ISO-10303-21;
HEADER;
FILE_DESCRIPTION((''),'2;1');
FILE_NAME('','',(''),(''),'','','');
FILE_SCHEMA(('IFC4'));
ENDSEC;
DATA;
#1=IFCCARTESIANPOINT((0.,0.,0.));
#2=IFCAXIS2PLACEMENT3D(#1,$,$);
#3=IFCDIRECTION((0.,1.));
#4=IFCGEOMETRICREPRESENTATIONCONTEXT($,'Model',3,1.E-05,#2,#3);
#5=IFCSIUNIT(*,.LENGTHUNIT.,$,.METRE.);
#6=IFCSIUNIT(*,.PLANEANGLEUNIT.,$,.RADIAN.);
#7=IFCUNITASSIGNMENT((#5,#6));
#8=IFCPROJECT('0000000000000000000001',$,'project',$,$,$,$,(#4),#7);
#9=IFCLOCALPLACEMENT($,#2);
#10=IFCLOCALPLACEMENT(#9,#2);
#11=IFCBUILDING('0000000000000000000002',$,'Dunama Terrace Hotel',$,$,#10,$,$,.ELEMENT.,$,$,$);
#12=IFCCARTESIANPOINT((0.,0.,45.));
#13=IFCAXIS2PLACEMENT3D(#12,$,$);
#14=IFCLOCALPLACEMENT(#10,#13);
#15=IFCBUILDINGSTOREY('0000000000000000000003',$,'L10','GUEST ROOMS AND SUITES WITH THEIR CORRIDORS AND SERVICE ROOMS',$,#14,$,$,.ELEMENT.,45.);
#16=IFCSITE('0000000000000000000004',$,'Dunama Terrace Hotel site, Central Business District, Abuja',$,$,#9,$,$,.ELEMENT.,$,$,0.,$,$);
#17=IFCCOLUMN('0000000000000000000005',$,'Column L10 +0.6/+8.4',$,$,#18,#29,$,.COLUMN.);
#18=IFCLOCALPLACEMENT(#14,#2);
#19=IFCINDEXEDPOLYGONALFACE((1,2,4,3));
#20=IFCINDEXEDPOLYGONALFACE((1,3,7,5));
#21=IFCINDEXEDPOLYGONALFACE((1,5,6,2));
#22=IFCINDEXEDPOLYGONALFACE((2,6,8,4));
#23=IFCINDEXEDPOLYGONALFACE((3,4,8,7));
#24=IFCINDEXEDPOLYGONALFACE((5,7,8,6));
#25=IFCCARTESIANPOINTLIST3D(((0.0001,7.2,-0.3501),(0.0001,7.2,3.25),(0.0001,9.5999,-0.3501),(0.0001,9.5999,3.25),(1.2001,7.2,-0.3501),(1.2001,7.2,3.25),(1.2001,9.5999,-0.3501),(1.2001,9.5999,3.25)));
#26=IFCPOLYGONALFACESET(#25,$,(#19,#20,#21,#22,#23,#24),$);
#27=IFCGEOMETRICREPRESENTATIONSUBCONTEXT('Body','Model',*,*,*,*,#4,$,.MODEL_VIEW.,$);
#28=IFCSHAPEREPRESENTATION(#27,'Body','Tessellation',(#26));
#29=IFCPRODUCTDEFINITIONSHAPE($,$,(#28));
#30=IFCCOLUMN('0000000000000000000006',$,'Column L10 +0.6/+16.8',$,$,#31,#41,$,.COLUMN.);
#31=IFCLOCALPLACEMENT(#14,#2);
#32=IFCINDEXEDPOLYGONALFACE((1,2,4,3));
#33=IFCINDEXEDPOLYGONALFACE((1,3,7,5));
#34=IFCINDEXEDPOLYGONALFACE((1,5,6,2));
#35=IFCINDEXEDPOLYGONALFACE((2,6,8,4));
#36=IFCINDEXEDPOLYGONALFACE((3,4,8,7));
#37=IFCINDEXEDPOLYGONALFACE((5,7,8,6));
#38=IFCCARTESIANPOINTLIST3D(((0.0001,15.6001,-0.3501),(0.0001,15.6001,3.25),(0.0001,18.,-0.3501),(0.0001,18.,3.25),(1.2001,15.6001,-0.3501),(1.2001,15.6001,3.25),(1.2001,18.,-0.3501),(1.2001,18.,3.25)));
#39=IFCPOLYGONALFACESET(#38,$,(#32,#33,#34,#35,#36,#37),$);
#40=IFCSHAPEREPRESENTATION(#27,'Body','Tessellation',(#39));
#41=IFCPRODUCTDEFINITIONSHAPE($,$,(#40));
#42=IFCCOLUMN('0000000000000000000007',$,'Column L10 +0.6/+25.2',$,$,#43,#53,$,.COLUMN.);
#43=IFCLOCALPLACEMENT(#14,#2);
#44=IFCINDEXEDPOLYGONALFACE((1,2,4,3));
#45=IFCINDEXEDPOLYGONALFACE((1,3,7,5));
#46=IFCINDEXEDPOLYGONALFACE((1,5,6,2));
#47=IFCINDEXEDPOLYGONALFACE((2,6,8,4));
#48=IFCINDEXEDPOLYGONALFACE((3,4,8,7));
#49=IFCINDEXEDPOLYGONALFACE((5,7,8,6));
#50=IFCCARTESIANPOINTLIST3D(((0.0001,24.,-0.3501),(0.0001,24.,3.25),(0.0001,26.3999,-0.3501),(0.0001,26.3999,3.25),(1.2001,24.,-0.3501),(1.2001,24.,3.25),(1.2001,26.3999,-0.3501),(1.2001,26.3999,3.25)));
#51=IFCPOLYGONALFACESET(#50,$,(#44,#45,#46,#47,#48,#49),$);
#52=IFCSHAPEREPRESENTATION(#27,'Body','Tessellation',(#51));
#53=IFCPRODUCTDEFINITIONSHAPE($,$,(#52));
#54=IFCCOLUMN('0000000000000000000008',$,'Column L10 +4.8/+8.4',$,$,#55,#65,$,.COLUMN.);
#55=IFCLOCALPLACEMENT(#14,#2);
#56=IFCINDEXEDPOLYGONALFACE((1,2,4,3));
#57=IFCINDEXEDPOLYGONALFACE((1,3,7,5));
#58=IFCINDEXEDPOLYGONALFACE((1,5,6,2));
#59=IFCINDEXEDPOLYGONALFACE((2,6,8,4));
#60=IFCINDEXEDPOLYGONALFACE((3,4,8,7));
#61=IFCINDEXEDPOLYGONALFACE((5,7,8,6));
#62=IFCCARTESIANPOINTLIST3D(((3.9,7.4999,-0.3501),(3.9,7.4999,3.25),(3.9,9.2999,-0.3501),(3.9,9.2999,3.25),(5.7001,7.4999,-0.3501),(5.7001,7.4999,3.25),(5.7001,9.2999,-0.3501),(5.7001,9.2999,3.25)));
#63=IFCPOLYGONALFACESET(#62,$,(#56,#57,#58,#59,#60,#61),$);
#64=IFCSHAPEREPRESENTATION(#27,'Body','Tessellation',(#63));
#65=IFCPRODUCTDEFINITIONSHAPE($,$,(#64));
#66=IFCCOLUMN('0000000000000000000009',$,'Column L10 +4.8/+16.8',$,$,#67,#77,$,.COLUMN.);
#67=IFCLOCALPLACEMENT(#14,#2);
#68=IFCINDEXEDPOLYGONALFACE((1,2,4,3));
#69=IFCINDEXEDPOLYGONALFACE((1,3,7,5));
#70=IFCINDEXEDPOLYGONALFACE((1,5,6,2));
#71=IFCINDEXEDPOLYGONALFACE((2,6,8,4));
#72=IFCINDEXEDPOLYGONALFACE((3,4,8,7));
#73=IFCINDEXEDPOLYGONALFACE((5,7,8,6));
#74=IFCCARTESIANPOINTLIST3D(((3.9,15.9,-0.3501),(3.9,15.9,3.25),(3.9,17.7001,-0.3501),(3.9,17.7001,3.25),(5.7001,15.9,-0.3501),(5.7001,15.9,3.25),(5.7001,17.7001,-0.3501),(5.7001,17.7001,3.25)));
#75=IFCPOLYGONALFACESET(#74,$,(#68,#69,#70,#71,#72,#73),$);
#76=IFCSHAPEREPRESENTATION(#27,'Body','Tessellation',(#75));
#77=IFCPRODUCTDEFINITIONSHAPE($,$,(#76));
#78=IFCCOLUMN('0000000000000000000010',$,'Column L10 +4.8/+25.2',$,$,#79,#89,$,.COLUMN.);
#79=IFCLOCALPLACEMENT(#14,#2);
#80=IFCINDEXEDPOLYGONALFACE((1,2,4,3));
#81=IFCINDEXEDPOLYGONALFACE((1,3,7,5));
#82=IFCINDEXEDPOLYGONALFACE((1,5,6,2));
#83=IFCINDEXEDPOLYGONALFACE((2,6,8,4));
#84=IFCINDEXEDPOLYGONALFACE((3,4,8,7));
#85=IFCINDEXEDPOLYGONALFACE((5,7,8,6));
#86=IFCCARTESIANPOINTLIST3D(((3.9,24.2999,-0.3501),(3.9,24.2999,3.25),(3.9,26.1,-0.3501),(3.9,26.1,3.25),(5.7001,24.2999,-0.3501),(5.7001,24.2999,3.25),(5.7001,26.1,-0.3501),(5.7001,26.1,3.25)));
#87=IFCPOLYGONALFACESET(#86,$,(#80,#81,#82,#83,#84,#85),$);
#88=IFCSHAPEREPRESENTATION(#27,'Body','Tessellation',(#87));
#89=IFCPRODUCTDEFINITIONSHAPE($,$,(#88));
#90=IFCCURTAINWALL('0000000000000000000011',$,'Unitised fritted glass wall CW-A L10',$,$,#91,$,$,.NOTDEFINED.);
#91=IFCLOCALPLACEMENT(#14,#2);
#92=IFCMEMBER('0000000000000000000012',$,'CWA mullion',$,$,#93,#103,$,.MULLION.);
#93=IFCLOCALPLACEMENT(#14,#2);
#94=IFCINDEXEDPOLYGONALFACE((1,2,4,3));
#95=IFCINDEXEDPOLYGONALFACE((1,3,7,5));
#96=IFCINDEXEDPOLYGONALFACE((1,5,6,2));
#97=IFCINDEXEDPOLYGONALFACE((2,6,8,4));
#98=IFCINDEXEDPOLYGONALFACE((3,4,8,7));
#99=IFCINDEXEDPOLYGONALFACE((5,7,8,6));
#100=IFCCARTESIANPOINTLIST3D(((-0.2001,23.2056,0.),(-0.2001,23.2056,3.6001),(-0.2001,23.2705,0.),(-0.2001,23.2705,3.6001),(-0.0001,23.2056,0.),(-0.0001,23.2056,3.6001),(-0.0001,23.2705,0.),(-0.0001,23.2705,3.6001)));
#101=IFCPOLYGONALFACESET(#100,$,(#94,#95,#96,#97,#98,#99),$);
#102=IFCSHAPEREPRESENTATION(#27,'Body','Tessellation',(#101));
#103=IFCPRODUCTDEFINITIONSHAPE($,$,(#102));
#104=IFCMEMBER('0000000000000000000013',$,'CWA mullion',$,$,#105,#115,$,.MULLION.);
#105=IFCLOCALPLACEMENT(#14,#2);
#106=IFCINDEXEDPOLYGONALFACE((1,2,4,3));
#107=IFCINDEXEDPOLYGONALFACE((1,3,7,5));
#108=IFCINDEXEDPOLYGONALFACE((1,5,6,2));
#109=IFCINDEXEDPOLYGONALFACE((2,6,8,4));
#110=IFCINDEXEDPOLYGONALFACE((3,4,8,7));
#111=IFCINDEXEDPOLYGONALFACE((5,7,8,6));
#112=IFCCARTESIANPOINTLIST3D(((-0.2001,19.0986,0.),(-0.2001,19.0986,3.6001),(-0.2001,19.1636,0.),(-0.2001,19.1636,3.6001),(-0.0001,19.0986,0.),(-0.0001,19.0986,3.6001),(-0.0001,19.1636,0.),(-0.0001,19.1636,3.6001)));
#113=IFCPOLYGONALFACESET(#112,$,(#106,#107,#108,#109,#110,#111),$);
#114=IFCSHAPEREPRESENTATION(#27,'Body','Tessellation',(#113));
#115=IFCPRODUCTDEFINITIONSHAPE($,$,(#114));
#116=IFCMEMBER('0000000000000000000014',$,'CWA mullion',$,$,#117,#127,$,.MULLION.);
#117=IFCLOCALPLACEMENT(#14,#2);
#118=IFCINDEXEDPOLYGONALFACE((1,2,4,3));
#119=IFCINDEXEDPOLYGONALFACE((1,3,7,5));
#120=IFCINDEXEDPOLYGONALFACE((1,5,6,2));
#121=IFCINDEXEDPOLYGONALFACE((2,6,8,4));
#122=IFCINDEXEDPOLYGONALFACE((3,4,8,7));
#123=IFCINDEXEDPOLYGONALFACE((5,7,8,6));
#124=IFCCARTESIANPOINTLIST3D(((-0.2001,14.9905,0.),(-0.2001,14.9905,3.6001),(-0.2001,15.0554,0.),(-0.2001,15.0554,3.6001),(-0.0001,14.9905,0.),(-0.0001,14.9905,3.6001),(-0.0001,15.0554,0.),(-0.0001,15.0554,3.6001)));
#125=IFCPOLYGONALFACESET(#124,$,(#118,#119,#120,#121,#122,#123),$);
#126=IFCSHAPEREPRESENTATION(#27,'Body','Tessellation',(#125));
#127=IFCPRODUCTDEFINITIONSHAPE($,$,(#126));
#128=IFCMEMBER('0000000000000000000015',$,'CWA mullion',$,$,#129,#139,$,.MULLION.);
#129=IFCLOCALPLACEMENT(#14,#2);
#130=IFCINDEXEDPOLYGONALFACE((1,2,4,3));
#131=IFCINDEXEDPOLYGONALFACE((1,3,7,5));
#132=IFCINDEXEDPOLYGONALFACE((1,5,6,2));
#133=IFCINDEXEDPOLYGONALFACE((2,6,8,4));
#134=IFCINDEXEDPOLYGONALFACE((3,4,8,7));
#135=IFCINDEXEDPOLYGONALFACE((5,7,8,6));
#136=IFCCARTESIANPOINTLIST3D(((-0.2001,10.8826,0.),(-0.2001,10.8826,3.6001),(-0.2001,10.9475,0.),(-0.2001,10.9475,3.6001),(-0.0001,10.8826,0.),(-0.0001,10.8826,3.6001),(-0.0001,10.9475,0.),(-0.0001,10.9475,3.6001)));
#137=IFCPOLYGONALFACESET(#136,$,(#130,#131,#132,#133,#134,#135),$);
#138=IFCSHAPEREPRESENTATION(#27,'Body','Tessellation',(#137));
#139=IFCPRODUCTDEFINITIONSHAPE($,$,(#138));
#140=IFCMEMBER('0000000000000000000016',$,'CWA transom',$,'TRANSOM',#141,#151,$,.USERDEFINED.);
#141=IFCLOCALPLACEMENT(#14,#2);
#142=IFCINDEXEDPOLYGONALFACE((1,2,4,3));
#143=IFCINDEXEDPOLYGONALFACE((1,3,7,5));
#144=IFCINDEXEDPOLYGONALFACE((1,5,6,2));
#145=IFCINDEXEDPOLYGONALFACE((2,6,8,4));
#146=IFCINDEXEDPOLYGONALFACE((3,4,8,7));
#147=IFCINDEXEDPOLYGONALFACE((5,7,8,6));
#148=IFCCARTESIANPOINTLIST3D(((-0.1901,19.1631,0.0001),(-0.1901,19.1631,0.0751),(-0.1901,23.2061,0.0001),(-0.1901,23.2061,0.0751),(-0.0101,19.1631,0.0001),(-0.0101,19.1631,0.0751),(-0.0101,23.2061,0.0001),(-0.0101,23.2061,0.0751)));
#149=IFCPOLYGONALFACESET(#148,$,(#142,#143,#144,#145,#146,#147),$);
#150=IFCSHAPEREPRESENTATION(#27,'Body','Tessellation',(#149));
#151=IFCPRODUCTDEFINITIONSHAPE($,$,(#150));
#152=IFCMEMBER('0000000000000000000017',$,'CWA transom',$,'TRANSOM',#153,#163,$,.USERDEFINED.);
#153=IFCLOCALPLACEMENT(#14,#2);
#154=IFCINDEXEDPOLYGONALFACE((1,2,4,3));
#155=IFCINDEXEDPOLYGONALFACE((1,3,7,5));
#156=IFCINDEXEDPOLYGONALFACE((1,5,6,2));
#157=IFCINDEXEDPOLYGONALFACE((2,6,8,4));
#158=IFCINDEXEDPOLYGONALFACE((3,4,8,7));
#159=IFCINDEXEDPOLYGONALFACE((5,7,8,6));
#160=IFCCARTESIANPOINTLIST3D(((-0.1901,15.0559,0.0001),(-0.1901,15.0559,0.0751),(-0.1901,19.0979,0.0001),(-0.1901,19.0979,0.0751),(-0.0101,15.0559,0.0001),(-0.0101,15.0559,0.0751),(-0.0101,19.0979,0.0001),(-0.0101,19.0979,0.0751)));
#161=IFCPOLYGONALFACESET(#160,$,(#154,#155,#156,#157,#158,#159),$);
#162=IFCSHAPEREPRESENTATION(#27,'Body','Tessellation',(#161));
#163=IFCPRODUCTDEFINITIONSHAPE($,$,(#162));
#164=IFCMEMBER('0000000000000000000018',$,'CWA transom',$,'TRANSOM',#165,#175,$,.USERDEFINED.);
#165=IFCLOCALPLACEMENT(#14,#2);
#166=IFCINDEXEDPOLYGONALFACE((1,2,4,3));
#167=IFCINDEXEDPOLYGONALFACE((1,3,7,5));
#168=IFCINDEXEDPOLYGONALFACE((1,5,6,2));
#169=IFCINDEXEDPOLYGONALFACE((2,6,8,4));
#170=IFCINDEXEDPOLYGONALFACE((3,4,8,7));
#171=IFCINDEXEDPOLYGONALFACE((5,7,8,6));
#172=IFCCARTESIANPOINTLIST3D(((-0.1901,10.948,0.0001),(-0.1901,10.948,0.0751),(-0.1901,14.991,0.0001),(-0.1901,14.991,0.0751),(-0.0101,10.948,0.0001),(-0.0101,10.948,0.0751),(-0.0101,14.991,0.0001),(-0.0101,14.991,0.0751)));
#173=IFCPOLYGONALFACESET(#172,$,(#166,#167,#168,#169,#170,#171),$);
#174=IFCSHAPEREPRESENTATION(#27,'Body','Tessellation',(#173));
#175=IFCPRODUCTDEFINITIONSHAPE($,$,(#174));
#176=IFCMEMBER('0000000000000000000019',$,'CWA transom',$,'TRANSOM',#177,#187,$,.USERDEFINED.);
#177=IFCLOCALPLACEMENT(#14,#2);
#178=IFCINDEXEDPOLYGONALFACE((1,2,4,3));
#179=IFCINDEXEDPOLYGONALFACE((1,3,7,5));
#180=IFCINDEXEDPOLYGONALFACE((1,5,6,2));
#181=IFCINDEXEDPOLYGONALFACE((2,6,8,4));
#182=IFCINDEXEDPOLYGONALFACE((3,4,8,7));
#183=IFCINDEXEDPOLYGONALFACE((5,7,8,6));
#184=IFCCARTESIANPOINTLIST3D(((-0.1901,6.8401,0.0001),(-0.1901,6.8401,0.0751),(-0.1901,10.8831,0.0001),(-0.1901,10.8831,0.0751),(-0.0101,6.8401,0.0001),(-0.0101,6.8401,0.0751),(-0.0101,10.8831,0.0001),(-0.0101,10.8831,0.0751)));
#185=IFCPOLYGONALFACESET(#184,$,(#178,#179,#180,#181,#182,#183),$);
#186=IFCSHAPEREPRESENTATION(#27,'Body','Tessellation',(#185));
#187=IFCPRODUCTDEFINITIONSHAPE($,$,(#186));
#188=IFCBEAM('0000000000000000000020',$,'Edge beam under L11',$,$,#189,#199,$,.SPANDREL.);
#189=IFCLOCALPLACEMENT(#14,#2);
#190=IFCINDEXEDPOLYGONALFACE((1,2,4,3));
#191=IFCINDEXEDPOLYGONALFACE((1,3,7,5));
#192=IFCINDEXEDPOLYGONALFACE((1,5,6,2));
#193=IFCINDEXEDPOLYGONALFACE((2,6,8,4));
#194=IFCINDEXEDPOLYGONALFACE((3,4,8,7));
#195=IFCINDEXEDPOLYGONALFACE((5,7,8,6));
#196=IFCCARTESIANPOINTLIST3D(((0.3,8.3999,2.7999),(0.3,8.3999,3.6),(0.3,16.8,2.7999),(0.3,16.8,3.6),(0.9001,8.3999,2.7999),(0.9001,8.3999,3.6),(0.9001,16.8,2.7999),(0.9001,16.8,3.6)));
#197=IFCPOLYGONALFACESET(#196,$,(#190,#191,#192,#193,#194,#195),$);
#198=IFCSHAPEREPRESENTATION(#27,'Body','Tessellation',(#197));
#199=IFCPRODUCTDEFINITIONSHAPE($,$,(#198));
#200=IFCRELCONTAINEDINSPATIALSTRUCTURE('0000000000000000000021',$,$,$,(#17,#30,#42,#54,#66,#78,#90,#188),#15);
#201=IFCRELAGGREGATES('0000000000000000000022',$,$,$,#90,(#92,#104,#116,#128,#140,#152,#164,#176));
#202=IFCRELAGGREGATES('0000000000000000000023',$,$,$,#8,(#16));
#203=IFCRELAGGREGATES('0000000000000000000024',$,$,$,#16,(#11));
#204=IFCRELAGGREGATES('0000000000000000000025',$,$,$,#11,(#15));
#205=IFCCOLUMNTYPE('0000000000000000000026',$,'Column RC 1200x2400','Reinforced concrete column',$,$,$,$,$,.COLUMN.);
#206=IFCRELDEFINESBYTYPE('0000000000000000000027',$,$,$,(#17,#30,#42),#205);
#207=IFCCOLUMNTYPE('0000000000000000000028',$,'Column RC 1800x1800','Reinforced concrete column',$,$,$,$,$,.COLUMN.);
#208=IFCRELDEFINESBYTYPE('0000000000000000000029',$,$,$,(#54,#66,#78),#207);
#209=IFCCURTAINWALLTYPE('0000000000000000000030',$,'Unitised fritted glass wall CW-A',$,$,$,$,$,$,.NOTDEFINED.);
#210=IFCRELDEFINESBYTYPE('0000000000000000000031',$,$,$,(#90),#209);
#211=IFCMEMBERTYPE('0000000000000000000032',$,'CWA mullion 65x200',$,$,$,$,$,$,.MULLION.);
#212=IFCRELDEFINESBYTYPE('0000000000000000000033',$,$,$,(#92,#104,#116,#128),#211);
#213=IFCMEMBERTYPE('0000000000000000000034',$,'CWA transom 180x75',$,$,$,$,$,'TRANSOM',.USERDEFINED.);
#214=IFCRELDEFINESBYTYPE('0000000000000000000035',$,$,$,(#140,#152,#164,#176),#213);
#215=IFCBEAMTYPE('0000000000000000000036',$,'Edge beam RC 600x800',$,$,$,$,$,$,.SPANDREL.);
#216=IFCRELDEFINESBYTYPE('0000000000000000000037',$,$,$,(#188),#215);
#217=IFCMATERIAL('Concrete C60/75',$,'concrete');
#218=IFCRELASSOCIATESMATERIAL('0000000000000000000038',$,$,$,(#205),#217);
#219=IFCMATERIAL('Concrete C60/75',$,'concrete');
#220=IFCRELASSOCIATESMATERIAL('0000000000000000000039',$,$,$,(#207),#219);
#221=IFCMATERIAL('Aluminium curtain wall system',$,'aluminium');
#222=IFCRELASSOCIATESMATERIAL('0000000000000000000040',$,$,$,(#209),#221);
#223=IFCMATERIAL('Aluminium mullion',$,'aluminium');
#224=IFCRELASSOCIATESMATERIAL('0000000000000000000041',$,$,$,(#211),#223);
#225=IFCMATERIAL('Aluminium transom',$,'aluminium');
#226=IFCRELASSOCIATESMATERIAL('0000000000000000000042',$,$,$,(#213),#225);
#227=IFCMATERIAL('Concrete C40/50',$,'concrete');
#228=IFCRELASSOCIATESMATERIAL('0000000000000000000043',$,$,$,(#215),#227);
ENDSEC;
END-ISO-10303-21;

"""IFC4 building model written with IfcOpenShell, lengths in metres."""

from ifc_helpers import new_model, si_unit, direction, frame, origin, origin_2d, place, context, subcontext, project, spatial, rectangle, extrude, material, material_profile, profile_set, type_object, element, aggregate, save


model = new_model("IFC4")

# Units and contexts
model_context = context("Model", 3, precision=1e-05, world=origin(), true_north=direction((0.0, 1.0)))
body_context = subcontext(model_context, "Body", "Model", "MODEL_VIEW")
ifc_project = project(units=[si_unit("LENGTHUNIT", "METRE"), si_unit("PLANEANGLEUNIT", "RADIAN")], contexts=[model_context])

# Site, building, storey
site_placement = place(None, origin())
site = spatial("IfcSite", under=ifc_project, at=site_placement, Name="Dunama Terrace Hotel site, Central Business District, Abuja", CompositionType="ELEMENT", RefElevation=0.0)
building_placement = place(site_placement, origin())
building = spatial("IfcBuilding", under=site, at=building_placement, Name="Dunama Terrace Hotel", CompositionType="ELEMENT")
storey_placement = place(building_placement, frame((0.0, 0.0, 45.0)))
storey = spatial("IfcBuildingStorey", under=building, at=storey_placement, Name="L10", Description="GUEST ROOMS AND SUITES WITH THEIR CORRIDORS AND SERVICE ROOMS", CompositionType="ELEMENT", Elevation=45.0)

# Columns
ifc_material_1 = material(Name="Concrete C60/75", Category="concrete")
ifc_material_profile_1 = material_profile(ifc_material_1, rectangle(XDim=1.2, YDim=2.3999, at=origin_2d()), Name="RC 1200x2400")
ifc_profile_set_1 = profile_set([ifc_material_profile_1], Name="Concrete C60/75")
column_type_1 = type_object("IfcColumnType", Name="Column RC 1200x2400", Description="Reinforced concrete column", PredefinedType="COLUMN", material=ifc_profile_set_1)
for number, where, z_axis, x_axis, name in (
    (1, (0.6001, 8.3999, -0.3501), (0.0, 0.0, 1.0), (1.0, 0.0, 0.0), "Column L10 +0.6/+8.4"),
    (2, (0.6001, 16.8, -0.3501), (0.0, 0.0, 1.0), (1.0, 0.0, 0.0), "Column L10 +0.6/+16.8"),
    (3, (0.6001, 25.2, -0.3501), (0.0, 0.0, 1.0), (1.0, 0.0, 0.0), "Column L10 +0.6/+25.2"),
):
    element("IfcColumn", number, at=place(storey_placement, frame(where, z_axis=z_axis, x_axis=x_axis)), inside=storey, type_object=column_type_1, Name=name, PredefinedType="COLUMN", context=body_context, shape_type="SweptSolid", body=[
        extrude(rectangle(XDim=1.2, YDim=2.3999, at=origin_2d()), origin(), (0.0, 0.0, 1.0), 3.6001),
    ])
ifc_material_2 = material(Name="Concrete C60/75", Category="concrete")
ifc_material_profile_2 = material_profile(ifc_material_2, rectangle(XDim=1.8, YDim=1.8, at=origin_2d()), Name="RC 1800x1800")
ifc_profile_set_2 = profile_set([ifc_material_profile_2], Name="Concrete C60/75")
column_type_2 = type_object("IfcColumnType", Name="Column RC 1800x1800", Description="Reinforced concrete column", PredefinedType="COLUMN", material=ifc_profile_set_2)
for number, where, z_axis, x_axis, name in (
    (4, (4.8, 8.3999, -0.3501), (0.0, 0.0, 1.0), (1.0, 0.0, 0.0), "Column L10 +4.8/+8.4"),
    (5, (4.8, 16.8, -0.3501), (0.0, 0.0, 1.0), (1.0, 0.0, 0.0), "Column L10 +4.8/+16.8"),
    (6, (4.8, 25.2, -0.3501), (0.0, 0.0, 1.0), (1.0, 0.0, 0.0), "Column L10 +4.8/+25.2"),
):
    element("IfcColumn", number, at=place(storey_placement, frame(where, z_axis=z_axis, x_axis=x_axis)), inside=storey, type_object=column_type_2, Name=name, PredefinedType="COLUMN", context=body_context, shape_type="SweptSolid", body=[
        extrude(rectangle(XDim=1.8, YDim=1.8, at=origin_2d()), origin(), (0.0, 0.0, 1.0), 3.6001),
    ])

# Curtain wall, members
ifc_material_3 = material(Name="Aluminium curtain wall system", Category="aluminium")
curtain_wall_type = type_object("IfcCurtainWallType", Name="Unitised fritted glass wall CW-A", PredefinedType="NOTDEFINED", material=ifc_material_3)
curtain_wall_placement = place(storey_placement, origin())
curtain_wall = element("IfcCurtainWall", 7, at=curtain_wall_placement, inside=storey, type_object=curtain_wall_type, Name="Unitised fritted glass wall CW-A L10", PredefinedType="NOTDEFINED")
ifc_material_4 = material(Name="Aluminium mullion", Category="aluminium")
ifc_material_profile_3 = material_profile(ifc_material_4, rectangle(XDim=0.0649, YDim=0.2, at=origin_2d()), Name="CWA MULLION 65X200")
ifc_profile_set_3 = profile_set([ifc_material_profile_3], Name="Aluminium mullion")
member_type_1 = type_object("IfcMemberType", Name="CWA mullion 65x200", PredefinedType="MULLION", material=ifc_profile_set_3)
member_1_placement = place(storey_placement, frame((-0.1001, 23.238, 0.0), z_axis=(0.0, 0.0, 1.0), x_axis=(0.0, -1.0, 0.0)))
member_1 = element("IfcMember", 8, at=member_1_placement, type_object=member_type_1, Name="CWA mullion", PredefinedType="MULLION", context=body_context, shape_type="SweptSolid", body=[
    extrude(rectangle(XDim=0.0649, YDim=0.2, at=origin_2d()), origin(), (0.0, 0.0, 1.0), 3.6001),
])
member_2_placement = place(storey_placement, frame((-0.1001, 19.1311, 0.0), z_axis=(0.0, 0.0, 1.0), x_axis=(0.0, -1.0, 0.0)))
member_2 = element("IfcMember", 9, at=member_2_placement, type_object=member_type_1, Name="CWA mullion", PredefinedType="MULLION", context=body_context, shape_type="SweptSolid", body=[
    extrude(rectangle(XDim=0.0649, YDim=0.2, at=origin_2d()), origin(), (0.0, 0.0, 1.0), 3.6001),
])
member_3_placement = place(storey_placement, frame((-0.1001, 15.0229, 0.0), z_axis=(0.0, 0.0, 1.0), x_axis=(0.0, -1.0, 0.0)))
member_3 = element("IfcMember", 10, at=member_3_placement, type_object=member_type_1, Name="CWA mullion", PredefinedType="MULLION", context=body_context, shape_type="SweptSolid", body=[
    extrude(rectangle(XDim=0.0649, YDim=0.2, at=origin_2d()), origin(), (0.0, 0.0, 1.0), 3.6001),
])
member_4_placement = place(storey_placement, frame((-0.1001, 10.915, 0.0), z_axis=(0.0, 0.0, 1.0), x_axis=(0.0, -1.0, 0.0)))
member_4 = element("IfcMember", 11, at=member_4_placement, type_object=member_type_1, Name="CWA mullion", PredefinedType="MULLION", context=body_context, shape_type="SweptSolid", body=[
    extrude(rectangle(XDim=0.0649, YDim=0.2, at=origin_2d()), origin(), (0.0, 0.0, 1.0), 3.6001),
])
ifc_material_5 = material(Name="Aluminium transom", Category="aluminium")
ifc_material_profile_4 = material_profile(ifc_material_5, rectangle(XDim=0.1799, YDim=0.075, at=origin_2d()), Name="CWA TRANSOM 180X75")
ifc_profile_set_4 = profile_set([ifc_material_profile_4], Name="Aluminium transom")
member_type_2 = type_object("IfcMemberType", Name="CWA transom 180x75", ElementType="TRANSOM", PredefinedType="USERDEFINED", material=ifc_profile_set_4)
member_5_placement = place(storey_placement, frame((-0.1001, 23.2061, 0.0376), z_axis=(0.0, -1.0, 0.0), x_axis=(1.0, 0.0, 0.0)))
member_5 = element("IfcMember", 12, at=member_5_placement, type_object=member_type_2, Name="CWA transom", ObjectType="TRANSOM", PredefinedType="USERDEFINED", context=body_context, shape_type="SweptSolid", body=[
    extrude(rectangle(XDim=0.1799, YDim=0.075, at=origin_2d()), origin(), (0.0, 0.0, 1.0), 4.043),
])
member_6_placement = place(storey_placement, frame((-0.1001, 19.0979, 0.0376), z_axis=(0.0, -1.0, 0.0), x_axis=(1.0, 0.0, 0.0)))
member_6 = element("IfcMember", 13, at=member_6_placement, type_object=member_type_2, Name="CWA transom", ObjectType="TRANSOM", PredefinedType="USERDEFINED", context=body_context, shape_type="SweptSolid", body=[
    extrude(rectangle(XDim=0.1799, YDim=0.075, at=origin_2d()), origin(), (0.0, 0.0, 1.0), 4.042),
])
member_7_placement = place(storey_placement, frame((-0.1001, 14.991, 0.0376), z_axis=(0.0, -1.0, 0.0), x_axis=(1.0, 0.0, 0.0)))
member_7 = element("IfcMember", 14, at=member_7_placement, type_object=member_type_2, Name="CWA transom", ObjectType="TRANSOM", PredefinedType="USERDEFINED", context=body_context, shape_type="SweptSolid", body=[
    extrude(rectangle(XDim=0.1799, YDim=0.075, at=origin_2d()), origin(), (0.0, 0.0, 1.0), 4.043),
])
member_8_placement = place(storey_placement, frame((-0.1001, 10.8831, 0.0376), z_axis=(0.0, -1.0, 0.0), x_axis=(1.0, 0.0, 0.0)))
member_8 = element("IfcMember", 15, at=member_8_placement, type_object=member_type_2, Name="CWA transom", ObjectType="TRANSOM", PredefinedType="USERDEFINED", context=body_context, shape_type="SweptSolid", body=[
    extrude(rectangle(XDim=0.1799, YDim=0.075, at=origin_2d()), origin(), (0.0, 0.0, 1.0), 4.043),
])

# Beam
ifc_material_6 = material(Name="Concrete C40/50", Category="concrete")
ifc_material_profile_5 = material_profile(ifc_material_6, rectangle(XDim=0.6001, YDim=0.8, at=origin_2d()), Name="RC 600x800")
ifc_profile_set_5 = profile_set([ifc_material_profile_5], Name="Concrete C40/50")
beam_type = type_object("IfcBeamType", Name="Edge beam RC 600x800", PredefinedType="SPANDREL", material=ifc_profile_set_5)
beam_1_placement = place(storey_placement, frame((0.6001, 8.3999, 3.2), z_axis=(0.0, 1.0, 0.0), x_axis=(-1.0, 0.0, 0.0)))
element("IfcBeam", 16, at=beam_1_placement, inside=storey, type_object=beam_type, Name="Edge beam under L11", PredefinedType="SPANDREL", context=body_context, shape_type="SweptSolid", body=[
    extrude(rectangle(XDim=0.6001, YDim=0.8, at=origin_2d()), origin(), (0.0, 0.0, 1.0), 8.4001),
])

aggregate(curtain_wall, [member_1, member_2, member_3, member_4, member_5, member_6, member_7, member_8])

save(model, "model.ifc")
